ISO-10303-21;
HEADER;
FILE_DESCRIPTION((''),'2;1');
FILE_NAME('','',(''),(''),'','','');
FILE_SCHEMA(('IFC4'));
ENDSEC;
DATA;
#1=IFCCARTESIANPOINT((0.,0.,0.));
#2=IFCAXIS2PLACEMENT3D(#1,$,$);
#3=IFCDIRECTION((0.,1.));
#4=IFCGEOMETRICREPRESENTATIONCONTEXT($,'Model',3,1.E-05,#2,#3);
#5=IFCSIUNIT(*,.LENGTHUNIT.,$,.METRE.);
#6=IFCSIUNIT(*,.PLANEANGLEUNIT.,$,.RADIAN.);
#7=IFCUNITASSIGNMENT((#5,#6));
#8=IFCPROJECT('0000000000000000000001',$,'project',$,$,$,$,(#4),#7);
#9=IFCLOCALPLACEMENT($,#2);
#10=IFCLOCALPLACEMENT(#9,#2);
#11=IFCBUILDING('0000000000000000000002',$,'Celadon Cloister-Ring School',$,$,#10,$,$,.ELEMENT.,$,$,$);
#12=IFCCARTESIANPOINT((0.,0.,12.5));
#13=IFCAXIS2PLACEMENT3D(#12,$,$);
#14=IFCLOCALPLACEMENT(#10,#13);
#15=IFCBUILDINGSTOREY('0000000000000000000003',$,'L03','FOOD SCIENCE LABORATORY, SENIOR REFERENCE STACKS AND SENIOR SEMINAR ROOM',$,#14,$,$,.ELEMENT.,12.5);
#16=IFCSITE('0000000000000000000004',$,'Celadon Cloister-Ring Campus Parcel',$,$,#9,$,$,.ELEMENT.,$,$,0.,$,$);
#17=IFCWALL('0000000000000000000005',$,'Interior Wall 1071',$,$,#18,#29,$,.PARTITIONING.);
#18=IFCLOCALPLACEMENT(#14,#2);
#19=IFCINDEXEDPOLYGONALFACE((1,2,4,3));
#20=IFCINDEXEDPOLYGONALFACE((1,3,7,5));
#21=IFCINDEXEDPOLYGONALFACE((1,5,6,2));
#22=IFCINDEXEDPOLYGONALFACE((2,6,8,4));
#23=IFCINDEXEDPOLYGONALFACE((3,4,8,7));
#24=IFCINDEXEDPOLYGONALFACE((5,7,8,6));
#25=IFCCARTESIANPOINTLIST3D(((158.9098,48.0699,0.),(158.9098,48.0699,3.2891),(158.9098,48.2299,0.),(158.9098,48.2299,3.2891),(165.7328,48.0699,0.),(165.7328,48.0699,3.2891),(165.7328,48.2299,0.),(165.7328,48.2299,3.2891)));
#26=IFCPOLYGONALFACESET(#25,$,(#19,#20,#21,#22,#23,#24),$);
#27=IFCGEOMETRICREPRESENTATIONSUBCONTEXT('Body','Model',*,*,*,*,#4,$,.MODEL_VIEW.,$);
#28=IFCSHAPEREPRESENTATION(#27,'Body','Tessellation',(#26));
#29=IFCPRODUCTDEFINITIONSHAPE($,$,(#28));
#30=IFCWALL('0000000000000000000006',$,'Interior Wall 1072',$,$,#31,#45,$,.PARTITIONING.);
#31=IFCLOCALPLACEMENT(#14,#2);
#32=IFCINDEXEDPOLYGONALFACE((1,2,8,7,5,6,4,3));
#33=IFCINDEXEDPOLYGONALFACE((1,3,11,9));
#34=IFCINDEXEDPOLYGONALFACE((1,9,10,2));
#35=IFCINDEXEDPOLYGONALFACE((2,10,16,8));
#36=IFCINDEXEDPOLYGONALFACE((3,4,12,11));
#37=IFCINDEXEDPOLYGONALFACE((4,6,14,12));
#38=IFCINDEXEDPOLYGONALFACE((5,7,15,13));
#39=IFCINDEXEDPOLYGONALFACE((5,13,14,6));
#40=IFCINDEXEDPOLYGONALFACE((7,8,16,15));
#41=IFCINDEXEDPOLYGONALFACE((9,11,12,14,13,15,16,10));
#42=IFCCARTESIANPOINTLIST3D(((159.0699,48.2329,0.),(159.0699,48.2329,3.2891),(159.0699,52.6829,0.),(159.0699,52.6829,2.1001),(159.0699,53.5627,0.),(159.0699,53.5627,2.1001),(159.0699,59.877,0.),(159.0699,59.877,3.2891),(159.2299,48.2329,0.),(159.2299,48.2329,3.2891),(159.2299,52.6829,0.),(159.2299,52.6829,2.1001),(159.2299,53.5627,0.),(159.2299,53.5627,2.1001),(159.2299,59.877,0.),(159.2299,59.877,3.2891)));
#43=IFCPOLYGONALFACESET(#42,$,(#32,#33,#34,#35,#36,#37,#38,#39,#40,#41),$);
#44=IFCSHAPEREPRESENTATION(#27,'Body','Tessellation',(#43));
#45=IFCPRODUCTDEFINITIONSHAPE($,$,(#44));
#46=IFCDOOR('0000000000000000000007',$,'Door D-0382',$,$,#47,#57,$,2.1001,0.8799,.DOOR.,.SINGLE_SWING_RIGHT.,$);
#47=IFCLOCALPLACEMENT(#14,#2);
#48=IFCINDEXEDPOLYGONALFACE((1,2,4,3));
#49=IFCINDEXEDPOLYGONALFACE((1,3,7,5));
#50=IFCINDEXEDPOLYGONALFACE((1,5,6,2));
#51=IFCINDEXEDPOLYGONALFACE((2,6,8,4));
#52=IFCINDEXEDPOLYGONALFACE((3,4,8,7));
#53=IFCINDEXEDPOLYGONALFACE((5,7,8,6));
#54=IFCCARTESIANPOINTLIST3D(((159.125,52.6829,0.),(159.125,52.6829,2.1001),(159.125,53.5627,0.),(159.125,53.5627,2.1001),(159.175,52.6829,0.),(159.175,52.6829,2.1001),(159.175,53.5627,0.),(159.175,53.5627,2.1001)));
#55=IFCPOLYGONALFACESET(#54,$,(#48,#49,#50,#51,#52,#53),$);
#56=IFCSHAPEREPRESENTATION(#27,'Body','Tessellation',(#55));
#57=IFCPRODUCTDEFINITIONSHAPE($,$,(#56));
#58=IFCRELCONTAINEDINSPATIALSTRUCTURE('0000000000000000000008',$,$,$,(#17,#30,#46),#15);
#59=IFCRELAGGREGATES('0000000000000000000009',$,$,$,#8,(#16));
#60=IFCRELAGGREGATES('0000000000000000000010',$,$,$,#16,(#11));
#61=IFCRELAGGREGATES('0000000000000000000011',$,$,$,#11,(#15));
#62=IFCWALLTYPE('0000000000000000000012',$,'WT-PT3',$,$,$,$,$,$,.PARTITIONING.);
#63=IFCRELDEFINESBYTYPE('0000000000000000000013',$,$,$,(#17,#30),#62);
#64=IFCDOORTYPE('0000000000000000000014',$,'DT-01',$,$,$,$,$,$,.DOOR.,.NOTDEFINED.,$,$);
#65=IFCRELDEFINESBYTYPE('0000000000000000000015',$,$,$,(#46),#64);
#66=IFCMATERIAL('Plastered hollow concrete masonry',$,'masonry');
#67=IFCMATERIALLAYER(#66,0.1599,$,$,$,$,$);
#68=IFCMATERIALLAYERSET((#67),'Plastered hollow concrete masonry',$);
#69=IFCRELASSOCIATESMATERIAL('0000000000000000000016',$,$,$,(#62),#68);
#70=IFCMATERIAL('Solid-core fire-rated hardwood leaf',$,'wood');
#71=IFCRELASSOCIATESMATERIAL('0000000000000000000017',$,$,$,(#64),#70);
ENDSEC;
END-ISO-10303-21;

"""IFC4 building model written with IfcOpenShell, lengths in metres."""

from ifc_helpers import new_model, si_unit, direction, frame, frame_2d, origin, place, context, subcontext, project, spatial, rectangle, extrude, material, layer, layer_set, type_object, element, fill, save


model = new_model("IFC4")

# Units and contexts
model_context = context("Model", 3, precision=1e-05, world=origin(), true_north=direction((0.0, 1.0)))
body_context = subcontext(model_context, "Body", "Model", "MODEL_VIEW")
ifc_project = project(units=[si_unit("LENGTHUNIT", "METRE"), si_unit("PLANEANGLEUNIT", "RADIAN")], contexts=[model_context])

# Site, building, storey
site_placement = place(None, origin())
site = spatial("IfcSite", under=ifc_project, at=site_placement, Name="Celadon Cloister-Ring Campus Parcel", CompositionType="ELEMENT", RefElevation=0.0)
building_placement = place(site_placement, origin())
building = spatial("IfcBuilding", under=site, at=building_placement, Name="Celadon Cloister-Ring School", CompositionType="ELEMENT")
storey_placement = place(building_placement, frame((0.0, 0.0, 12.5)))
storey = spatial("IfcBuildingStorey", under=building, at=storey_placement, Name="L03", Description="FOOD SCIENCE LABORATORY, SENIOR REFERENCE STACKS AND SENIOR SEMINAR ROOM", CompositionType="ELEMENT", Elevation=12.5)

# Wall
ifc_material_1 = material(Name="Plastered hollow concrete masonry", Category="masonry")
ifc_layer_1 = layer(ifc_material_1, 0.1599)
ifc_layer_set_1 = layer_set([ifc_layer_1], Name="Plastered hollow concrete masonry")
wall_type_1 = type_object("IfcWallType", Name="WT-PT3", PredefinedType="PARTITIONING", material=ifc_layer_set_1)
wall_1_placement = place(storey_placement, frame((165.7329, 48.1499, 0.0), z_axis=(0.0, 0.0, 1.0), x_axis=(-1.0, 0.0, 0.0)))
element("IfcWall", 1, at=wall_1_placement, inside=storey, type_object=wall_type_1, Name="Interior Wall 1071", PredefinedType="PARTITIONING", context=body_context, shape_type="SweptSolid", body=[
    extrude(rectangle(XDim=6.823, YDim=0.1599, at=frame_2d((3.4116, 0.0))), origin(), (0.0, 0.0, 1.0), 3.2891),
])

# Wall, opening, door
wall_2_placement = place(storey_placement, frame((159.1499, 48.2329, 0.0), z_axis=(0.0, 0.0, 1.0), x_axis=(0.0, 1.0, 0.0)))
wall_2 = element("IfcWall", 2, at=wall_2_placement, inside=storey, type_object=wall_type_1, Name="Interior Wall 1072", PredefinedType="PARTITIONING", context=body_context, shape_type="SweptSolid", body=[
    extrude(rectangle(XDim=11.644, YDim=0.1599, at=frame_2d((5.822, 0.0))), origin(), (0.0, 0.0, 1.0), 3.2891),
])
opening_placement = place(wall_2_placement, frame((4.45, 0.0, 0.0)))
opening = element("IfcOpeningElement", 3, at=opening_placement, cuts=wall_2, PredefinedType="OPENING", context=body_context, shape_type="SweptSolid", body=[
    extrude(rectangle(XDim=0.8799, YDim=2.1001, at=frame_2d((0.4399, 1.05))), frame((0.0, 0.0898, 0.0), z_axis=(0.0, -1.0, 0.0), x_axis=(1.0, 0.0, 0.0)), (0.0, 0.0, 1.0), 0.1799),
])
ifc_material_2 = material(Name="Solid-core fire-rated hardwood leaf", Category="wood")
door_type = type_object("IfcDoorType", Name="DT-01", OperationType="NOTDEFINED", PredefinedType="DOOR", material=ifc_material_2)
door_placement = place(opening_placement, origin())
door = element("IfcDoor", 4, at=door_placement, inside=storey, type_object=door_type, Name="Door D-0382", OperationType="SINGLE_SWING_RIGHT", OverallHeight=2.1001, OverallWidth=0.8799, PredefinedType="DOOR", context=body_context, shape_type="SweptSolid", body=[
    extrude(rectangle(XDim=0.8799, YDim=2.1001, at=frame_2d((0.4399, 1.05))), frame((0.0, 0.0249, 0.0), z_axis=(0.0, -1.0, 0.0), x_axis=(1.0, 0.0, 0.0)), (0.0, 0.0, 1.0), 0.05),
])
fill(opening, door)

save(model, "model.ifc")
